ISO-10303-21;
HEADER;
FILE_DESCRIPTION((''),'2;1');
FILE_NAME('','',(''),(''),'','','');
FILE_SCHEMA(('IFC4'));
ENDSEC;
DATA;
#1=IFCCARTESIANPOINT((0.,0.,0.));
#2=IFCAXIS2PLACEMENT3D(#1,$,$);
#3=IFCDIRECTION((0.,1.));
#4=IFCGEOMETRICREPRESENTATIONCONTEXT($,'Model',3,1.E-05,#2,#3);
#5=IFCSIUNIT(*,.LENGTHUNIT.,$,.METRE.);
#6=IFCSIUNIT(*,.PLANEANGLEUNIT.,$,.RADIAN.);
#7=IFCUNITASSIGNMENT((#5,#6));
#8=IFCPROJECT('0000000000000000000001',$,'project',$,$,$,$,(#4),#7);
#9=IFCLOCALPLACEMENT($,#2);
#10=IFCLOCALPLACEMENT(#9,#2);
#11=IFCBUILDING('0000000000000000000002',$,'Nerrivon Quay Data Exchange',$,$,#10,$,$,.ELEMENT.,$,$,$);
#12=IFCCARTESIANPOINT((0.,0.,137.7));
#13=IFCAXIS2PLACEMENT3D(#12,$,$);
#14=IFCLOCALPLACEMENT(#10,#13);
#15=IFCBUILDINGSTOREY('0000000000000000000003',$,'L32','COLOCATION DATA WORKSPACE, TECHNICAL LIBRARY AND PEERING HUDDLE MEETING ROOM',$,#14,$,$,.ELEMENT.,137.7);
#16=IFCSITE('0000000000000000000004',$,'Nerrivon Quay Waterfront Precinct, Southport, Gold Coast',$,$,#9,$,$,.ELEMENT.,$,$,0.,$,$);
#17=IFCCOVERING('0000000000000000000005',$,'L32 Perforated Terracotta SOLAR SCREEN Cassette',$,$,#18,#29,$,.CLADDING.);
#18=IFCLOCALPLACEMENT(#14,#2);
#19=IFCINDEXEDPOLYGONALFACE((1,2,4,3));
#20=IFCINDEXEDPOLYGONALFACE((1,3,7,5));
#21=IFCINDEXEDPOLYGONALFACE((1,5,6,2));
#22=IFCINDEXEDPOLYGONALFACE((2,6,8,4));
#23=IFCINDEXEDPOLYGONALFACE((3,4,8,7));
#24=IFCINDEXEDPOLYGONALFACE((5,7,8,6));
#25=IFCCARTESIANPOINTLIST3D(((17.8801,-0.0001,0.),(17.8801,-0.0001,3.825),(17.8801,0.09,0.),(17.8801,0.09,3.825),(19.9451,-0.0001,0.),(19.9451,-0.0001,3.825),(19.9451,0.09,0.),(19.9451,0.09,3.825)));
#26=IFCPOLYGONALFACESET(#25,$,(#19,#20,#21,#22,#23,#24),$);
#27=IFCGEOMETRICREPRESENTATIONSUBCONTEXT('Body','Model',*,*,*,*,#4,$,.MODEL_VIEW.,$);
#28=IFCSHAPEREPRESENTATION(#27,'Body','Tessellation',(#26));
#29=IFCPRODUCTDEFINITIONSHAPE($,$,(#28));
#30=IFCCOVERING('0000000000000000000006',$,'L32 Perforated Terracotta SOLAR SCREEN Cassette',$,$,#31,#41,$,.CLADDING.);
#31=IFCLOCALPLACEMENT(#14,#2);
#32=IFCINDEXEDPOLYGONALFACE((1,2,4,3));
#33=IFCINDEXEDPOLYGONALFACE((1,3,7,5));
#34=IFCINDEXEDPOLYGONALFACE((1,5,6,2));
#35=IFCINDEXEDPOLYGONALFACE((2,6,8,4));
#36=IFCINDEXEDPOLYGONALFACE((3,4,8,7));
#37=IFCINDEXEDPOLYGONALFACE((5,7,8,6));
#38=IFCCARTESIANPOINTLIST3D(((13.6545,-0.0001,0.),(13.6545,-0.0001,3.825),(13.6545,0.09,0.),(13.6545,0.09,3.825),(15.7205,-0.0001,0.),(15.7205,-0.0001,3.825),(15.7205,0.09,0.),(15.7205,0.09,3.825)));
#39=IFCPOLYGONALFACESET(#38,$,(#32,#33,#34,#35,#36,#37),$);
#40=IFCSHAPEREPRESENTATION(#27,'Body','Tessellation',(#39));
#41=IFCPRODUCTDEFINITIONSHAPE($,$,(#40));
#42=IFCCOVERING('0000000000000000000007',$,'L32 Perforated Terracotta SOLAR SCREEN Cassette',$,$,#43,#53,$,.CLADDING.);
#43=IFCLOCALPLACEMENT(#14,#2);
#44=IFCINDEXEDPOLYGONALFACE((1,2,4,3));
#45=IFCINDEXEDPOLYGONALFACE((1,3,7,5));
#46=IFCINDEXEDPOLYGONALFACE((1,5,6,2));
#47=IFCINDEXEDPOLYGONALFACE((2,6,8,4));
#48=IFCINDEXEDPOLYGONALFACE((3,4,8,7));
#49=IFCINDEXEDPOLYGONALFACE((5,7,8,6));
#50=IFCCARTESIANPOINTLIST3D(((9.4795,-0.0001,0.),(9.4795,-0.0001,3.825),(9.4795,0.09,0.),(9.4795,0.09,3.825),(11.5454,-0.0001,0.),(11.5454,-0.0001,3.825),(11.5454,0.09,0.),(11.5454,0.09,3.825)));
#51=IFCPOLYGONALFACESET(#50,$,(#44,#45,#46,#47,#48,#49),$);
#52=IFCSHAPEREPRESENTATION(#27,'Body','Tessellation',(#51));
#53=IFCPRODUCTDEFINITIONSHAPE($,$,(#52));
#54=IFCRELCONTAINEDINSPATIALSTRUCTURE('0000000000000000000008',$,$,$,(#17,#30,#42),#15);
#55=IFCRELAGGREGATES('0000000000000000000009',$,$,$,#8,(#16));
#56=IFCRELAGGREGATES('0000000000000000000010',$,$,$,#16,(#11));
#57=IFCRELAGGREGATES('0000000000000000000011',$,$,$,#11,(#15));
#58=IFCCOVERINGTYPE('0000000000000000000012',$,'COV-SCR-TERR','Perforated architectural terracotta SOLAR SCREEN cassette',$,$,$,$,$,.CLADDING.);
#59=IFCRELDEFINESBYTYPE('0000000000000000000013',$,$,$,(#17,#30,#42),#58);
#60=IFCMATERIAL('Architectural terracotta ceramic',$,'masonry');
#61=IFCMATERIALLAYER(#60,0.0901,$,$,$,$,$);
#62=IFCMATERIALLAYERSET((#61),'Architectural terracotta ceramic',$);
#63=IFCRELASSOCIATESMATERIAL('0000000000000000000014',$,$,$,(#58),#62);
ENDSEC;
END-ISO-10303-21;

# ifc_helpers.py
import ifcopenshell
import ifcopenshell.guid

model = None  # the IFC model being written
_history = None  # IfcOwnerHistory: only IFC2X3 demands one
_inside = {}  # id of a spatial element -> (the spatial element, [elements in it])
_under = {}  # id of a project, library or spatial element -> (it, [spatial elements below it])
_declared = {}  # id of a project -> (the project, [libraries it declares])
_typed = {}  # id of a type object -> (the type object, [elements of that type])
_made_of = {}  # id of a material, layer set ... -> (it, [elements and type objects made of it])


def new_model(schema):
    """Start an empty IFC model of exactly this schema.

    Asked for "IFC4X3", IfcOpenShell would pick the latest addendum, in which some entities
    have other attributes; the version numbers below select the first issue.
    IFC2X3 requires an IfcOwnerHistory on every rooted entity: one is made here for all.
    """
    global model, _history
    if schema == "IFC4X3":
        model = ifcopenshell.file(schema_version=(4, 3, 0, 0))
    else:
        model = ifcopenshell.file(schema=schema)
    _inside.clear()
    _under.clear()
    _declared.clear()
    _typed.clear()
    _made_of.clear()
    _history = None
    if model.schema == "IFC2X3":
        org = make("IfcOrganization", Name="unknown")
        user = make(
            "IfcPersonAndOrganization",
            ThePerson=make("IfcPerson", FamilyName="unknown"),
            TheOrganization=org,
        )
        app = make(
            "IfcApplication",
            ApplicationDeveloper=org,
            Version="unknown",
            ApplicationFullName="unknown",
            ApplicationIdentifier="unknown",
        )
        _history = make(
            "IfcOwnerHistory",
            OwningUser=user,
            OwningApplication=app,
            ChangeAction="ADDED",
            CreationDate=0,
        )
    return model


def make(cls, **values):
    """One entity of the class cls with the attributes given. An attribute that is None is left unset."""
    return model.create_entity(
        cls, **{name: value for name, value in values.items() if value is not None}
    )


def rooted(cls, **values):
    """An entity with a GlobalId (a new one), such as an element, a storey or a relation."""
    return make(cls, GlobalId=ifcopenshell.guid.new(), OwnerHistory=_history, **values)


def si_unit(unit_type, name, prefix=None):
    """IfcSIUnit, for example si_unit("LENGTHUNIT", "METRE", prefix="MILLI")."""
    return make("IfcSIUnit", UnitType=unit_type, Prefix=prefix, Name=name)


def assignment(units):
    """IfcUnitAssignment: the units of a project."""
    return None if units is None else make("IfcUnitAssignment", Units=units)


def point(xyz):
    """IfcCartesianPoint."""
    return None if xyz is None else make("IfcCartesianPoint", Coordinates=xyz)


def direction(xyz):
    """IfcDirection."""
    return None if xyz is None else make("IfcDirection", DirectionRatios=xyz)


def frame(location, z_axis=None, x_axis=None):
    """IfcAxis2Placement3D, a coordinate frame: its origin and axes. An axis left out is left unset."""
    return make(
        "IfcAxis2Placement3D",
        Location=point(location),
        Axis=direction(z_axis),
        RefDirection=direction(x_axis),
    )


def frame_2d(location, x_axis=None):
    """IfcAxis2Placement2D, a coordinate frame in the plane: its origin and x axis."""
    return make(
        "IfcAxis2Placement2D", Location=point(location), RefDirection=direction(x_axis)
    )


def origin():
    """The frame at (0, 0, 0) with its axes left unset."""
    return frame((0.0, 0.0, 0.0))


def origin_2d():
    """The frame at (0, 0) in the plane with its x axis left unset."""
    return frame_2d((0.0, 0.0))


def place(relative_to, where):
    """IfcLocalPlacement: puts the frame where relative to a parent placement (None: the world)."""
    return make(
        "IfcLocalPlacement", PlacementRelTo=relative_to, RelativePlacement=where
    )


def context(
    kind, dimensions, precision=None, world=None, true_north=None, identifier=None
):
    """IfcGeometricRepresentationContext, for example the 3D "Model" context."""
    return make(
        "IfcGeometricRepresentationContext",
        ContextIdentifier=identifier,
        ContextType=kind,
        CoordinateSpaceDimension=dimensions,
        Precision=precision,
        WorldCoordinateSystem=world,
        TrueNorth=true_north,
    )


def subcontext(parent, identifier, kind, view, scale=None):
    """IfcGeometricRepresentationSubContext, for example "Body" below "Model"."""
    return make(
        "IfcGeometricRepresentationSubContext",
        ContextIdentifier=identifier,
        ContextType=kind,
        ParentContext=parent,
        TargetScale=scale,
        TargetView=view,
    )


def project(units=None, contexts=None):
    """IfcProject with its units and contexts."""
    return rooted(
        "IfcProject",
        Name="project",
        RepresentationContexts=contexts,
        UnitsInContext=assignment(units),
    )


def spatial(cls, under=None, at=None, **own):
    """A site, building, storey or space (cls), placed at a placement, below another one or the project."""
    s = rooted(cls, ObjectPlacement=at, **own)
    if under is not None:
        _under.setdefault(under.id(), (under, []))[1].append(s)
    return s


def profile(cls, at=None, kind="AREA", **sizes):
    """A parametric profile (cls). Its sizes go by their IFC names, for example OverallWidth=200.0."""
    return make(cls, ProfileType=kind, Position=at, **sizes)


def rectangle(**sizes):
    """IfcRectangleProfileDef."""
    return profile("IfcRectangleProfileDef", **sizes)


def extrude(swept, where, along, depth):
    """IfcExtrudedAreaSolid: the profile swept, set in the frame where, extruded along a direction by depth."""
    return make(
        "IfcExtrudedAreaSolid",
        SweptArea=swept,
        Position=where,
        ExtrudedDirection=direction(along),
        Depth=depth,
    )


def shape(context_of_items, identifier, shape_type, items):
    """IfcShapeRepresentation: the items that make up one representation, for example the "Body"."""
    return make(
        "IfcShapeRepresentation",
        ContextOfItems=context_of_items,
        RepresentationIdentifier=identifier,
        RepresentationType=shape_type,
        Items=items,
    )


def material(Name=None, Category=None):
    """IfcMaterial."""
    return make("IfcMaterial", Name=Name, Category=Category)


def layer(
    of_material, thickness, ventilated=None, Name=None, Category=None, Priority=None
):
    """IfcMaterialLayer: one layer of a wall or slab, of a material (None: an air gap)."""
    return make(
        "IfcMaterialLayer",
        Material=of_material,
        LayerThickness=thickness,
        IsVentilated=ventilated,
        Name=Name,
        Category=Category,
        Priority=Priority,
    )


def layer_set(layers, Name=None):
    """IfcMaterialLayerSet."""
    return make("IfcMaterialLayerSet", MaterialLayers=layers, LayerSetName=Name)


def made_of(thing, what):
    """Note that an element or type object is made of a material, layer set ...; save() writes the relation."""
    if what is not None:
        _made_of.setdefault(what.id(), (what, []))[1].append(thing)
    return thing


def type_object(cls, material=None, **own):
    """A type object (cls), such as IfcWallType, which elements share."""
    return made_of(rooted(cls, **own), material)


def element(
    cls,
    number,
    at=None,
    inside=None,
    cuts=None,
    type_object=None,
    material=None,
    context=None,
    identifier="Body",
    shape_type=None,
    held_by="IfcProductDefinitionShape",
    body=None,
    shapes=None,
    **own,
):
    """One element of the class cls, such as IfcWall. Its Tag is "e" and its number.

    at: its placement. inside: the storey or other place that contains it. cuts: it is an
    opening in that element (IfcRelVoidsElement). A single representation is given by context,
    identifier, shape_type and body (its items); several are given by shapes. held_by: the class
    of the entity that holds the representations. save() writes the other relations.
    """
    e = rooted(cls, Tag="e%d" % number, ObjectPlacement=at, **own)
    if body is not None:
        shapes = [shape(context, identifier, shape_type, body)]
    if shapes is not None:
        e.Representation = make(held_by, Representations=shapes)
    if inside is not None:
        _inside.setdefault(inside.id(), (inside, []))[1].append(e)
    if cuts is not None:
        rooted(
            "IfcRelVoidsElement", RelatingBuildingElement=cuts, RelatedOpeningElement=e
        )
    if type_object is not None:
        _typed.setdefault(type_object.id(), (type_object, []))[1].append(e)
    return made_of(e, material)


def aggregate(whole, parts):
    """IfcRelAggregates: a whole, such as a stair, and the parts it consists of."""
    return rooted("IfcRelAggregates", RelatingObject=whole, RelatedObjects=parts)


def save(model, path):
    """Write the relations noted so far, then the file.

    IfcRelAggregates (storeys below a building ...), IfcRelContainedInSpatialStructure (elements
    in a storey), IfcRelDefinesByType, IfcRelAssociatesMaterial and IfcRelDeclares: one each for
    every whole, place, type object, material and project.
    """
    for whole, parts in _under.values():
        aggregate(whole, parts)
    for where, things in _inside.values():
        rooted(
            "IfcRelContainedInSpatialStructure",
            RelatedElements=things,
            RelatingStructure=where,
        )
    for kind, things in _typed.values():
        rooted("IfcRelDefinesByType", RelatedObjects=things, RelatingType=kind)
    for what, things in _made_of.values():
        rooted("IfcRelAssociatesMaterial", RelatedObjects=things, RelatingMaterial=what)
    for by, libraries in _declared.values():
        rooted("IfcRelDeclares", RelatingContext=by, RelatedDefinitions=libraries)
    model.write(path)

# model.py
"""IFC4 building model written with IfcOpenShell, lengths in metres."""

from ifc_helpers import new_model, si_unit, direction, frame, origin, origin_2d, place, context, subcontext, project, spatial, rectangle, extrude, material, layer, layer_set, type_object, element, save


model = new_model("IFC4")

# Units and contexts
model_context = context("Model", 3, precision=1e-05, world=origin(), true_north=direction((0.0, 1.0)))
body_context = subcontext(model_context, "Body", "Model", "MODEL_VIEW")
ifc_project = project(units=[si_unit("LENGTHUNIT", "METRE"), si_unit("PLANEANGLEUNIT", "RADIAN")], contexts=[model_context])

# Site, building, storey
site_placement = place(None, origin())
site = spatial("IfcSite", under=ifc_project, at=site_placement, Name="Nerrivon Quay Waterfront Precinct, Southport, Gold Coast", CompositionType="ELEMENT", RefElevation=0.0)
building_placement = place(site_placement, origin())
building = spatial("IfcBuilding", under=site, at=building_placement, Name="Nerrivon Quay Data Exchange", CompositionType="ELEMENT")
storey_placement = place(building_placement, frame((0.0, 0.0, 137.7)))
storey = spatial("IfcBuildingStorey", under=building, at=storey_placement, Name="L32", Description="COLOCATION DATA WORKSPACE, TECHNICAL LIBRARY AND PEERING HUDDLE MEETING ROOM", CompositionType="ELEMENT", Elevation=137.7)

# Coverings
ifc_material_1 = material(Name="Architectural terracotta ceramic", Category="masonry")
ifc_layer_1 = layer(ifc_material_1, 0.0901)
ifc_layer_set_1 = layer_set([ifc_layer_1], Name="Architectural terracotta ceramic")
covering_type = type_object("IfcCoveringType", Name="COV-SCR-TERR", Description="Perforated architectural terracotta SOLAR SCREEN cassette", PredefinedType="CLADDING", material=ifc_layer_set_1)
covering_placement = place(storey_placement, frame((18.9126, 0.0449, 0.0), z_axis=(0.0, 0.0, 1.0), x_axis=(-1.0, 0.0, 0.0)))
element("IfcCovering", 1, at=covering_placement, inside=storey, type_object=covering_type, Name="L32 Perforated Terracotta SOLAR SCREEN Cassette", PredefinedType="CLADDING", context=body_context, shape_type="SweptSolid", body=[
    extrude(rectangle(XDim=2.0649, YDim=0.0901, at=origin_2d()), origin(), (0.0, 0.0, 1.0), 3.825),
])
for number, where, z_axis, x_axis, name in (
    (2, (14.6875, 0.0449, 0.0), (0.0, 0.0, 1.0), (-1.0, 0.0, 0.0), "L32 Perforated Terracotta SOLAR SCREEN Cassette"),
    (3, (10.5125, 0.0449, 0.0), (0.0, 0.0, 1.0), (-1.0, 0.0, 0.0), "L32 Perforated Terracotta SOLAR SCREEN Cassette"),
):
    element("IfcCovering", number, at=place(storey_placement, frame(where, z_axis=z_axis, x_axis=x_axis)), inside=storey, type_object=covering_type, Name=name, PredefinedType="CLADDING", context=body_context, shape_type="SweptSolid", body=[
        extrude(rectangle(XDim=2.0659, YDim=0.0901, at=origin_2d()), origin(), (0.0, 0.0, 1.0), 3.825),
    ])

save(model, "model.ifc")
